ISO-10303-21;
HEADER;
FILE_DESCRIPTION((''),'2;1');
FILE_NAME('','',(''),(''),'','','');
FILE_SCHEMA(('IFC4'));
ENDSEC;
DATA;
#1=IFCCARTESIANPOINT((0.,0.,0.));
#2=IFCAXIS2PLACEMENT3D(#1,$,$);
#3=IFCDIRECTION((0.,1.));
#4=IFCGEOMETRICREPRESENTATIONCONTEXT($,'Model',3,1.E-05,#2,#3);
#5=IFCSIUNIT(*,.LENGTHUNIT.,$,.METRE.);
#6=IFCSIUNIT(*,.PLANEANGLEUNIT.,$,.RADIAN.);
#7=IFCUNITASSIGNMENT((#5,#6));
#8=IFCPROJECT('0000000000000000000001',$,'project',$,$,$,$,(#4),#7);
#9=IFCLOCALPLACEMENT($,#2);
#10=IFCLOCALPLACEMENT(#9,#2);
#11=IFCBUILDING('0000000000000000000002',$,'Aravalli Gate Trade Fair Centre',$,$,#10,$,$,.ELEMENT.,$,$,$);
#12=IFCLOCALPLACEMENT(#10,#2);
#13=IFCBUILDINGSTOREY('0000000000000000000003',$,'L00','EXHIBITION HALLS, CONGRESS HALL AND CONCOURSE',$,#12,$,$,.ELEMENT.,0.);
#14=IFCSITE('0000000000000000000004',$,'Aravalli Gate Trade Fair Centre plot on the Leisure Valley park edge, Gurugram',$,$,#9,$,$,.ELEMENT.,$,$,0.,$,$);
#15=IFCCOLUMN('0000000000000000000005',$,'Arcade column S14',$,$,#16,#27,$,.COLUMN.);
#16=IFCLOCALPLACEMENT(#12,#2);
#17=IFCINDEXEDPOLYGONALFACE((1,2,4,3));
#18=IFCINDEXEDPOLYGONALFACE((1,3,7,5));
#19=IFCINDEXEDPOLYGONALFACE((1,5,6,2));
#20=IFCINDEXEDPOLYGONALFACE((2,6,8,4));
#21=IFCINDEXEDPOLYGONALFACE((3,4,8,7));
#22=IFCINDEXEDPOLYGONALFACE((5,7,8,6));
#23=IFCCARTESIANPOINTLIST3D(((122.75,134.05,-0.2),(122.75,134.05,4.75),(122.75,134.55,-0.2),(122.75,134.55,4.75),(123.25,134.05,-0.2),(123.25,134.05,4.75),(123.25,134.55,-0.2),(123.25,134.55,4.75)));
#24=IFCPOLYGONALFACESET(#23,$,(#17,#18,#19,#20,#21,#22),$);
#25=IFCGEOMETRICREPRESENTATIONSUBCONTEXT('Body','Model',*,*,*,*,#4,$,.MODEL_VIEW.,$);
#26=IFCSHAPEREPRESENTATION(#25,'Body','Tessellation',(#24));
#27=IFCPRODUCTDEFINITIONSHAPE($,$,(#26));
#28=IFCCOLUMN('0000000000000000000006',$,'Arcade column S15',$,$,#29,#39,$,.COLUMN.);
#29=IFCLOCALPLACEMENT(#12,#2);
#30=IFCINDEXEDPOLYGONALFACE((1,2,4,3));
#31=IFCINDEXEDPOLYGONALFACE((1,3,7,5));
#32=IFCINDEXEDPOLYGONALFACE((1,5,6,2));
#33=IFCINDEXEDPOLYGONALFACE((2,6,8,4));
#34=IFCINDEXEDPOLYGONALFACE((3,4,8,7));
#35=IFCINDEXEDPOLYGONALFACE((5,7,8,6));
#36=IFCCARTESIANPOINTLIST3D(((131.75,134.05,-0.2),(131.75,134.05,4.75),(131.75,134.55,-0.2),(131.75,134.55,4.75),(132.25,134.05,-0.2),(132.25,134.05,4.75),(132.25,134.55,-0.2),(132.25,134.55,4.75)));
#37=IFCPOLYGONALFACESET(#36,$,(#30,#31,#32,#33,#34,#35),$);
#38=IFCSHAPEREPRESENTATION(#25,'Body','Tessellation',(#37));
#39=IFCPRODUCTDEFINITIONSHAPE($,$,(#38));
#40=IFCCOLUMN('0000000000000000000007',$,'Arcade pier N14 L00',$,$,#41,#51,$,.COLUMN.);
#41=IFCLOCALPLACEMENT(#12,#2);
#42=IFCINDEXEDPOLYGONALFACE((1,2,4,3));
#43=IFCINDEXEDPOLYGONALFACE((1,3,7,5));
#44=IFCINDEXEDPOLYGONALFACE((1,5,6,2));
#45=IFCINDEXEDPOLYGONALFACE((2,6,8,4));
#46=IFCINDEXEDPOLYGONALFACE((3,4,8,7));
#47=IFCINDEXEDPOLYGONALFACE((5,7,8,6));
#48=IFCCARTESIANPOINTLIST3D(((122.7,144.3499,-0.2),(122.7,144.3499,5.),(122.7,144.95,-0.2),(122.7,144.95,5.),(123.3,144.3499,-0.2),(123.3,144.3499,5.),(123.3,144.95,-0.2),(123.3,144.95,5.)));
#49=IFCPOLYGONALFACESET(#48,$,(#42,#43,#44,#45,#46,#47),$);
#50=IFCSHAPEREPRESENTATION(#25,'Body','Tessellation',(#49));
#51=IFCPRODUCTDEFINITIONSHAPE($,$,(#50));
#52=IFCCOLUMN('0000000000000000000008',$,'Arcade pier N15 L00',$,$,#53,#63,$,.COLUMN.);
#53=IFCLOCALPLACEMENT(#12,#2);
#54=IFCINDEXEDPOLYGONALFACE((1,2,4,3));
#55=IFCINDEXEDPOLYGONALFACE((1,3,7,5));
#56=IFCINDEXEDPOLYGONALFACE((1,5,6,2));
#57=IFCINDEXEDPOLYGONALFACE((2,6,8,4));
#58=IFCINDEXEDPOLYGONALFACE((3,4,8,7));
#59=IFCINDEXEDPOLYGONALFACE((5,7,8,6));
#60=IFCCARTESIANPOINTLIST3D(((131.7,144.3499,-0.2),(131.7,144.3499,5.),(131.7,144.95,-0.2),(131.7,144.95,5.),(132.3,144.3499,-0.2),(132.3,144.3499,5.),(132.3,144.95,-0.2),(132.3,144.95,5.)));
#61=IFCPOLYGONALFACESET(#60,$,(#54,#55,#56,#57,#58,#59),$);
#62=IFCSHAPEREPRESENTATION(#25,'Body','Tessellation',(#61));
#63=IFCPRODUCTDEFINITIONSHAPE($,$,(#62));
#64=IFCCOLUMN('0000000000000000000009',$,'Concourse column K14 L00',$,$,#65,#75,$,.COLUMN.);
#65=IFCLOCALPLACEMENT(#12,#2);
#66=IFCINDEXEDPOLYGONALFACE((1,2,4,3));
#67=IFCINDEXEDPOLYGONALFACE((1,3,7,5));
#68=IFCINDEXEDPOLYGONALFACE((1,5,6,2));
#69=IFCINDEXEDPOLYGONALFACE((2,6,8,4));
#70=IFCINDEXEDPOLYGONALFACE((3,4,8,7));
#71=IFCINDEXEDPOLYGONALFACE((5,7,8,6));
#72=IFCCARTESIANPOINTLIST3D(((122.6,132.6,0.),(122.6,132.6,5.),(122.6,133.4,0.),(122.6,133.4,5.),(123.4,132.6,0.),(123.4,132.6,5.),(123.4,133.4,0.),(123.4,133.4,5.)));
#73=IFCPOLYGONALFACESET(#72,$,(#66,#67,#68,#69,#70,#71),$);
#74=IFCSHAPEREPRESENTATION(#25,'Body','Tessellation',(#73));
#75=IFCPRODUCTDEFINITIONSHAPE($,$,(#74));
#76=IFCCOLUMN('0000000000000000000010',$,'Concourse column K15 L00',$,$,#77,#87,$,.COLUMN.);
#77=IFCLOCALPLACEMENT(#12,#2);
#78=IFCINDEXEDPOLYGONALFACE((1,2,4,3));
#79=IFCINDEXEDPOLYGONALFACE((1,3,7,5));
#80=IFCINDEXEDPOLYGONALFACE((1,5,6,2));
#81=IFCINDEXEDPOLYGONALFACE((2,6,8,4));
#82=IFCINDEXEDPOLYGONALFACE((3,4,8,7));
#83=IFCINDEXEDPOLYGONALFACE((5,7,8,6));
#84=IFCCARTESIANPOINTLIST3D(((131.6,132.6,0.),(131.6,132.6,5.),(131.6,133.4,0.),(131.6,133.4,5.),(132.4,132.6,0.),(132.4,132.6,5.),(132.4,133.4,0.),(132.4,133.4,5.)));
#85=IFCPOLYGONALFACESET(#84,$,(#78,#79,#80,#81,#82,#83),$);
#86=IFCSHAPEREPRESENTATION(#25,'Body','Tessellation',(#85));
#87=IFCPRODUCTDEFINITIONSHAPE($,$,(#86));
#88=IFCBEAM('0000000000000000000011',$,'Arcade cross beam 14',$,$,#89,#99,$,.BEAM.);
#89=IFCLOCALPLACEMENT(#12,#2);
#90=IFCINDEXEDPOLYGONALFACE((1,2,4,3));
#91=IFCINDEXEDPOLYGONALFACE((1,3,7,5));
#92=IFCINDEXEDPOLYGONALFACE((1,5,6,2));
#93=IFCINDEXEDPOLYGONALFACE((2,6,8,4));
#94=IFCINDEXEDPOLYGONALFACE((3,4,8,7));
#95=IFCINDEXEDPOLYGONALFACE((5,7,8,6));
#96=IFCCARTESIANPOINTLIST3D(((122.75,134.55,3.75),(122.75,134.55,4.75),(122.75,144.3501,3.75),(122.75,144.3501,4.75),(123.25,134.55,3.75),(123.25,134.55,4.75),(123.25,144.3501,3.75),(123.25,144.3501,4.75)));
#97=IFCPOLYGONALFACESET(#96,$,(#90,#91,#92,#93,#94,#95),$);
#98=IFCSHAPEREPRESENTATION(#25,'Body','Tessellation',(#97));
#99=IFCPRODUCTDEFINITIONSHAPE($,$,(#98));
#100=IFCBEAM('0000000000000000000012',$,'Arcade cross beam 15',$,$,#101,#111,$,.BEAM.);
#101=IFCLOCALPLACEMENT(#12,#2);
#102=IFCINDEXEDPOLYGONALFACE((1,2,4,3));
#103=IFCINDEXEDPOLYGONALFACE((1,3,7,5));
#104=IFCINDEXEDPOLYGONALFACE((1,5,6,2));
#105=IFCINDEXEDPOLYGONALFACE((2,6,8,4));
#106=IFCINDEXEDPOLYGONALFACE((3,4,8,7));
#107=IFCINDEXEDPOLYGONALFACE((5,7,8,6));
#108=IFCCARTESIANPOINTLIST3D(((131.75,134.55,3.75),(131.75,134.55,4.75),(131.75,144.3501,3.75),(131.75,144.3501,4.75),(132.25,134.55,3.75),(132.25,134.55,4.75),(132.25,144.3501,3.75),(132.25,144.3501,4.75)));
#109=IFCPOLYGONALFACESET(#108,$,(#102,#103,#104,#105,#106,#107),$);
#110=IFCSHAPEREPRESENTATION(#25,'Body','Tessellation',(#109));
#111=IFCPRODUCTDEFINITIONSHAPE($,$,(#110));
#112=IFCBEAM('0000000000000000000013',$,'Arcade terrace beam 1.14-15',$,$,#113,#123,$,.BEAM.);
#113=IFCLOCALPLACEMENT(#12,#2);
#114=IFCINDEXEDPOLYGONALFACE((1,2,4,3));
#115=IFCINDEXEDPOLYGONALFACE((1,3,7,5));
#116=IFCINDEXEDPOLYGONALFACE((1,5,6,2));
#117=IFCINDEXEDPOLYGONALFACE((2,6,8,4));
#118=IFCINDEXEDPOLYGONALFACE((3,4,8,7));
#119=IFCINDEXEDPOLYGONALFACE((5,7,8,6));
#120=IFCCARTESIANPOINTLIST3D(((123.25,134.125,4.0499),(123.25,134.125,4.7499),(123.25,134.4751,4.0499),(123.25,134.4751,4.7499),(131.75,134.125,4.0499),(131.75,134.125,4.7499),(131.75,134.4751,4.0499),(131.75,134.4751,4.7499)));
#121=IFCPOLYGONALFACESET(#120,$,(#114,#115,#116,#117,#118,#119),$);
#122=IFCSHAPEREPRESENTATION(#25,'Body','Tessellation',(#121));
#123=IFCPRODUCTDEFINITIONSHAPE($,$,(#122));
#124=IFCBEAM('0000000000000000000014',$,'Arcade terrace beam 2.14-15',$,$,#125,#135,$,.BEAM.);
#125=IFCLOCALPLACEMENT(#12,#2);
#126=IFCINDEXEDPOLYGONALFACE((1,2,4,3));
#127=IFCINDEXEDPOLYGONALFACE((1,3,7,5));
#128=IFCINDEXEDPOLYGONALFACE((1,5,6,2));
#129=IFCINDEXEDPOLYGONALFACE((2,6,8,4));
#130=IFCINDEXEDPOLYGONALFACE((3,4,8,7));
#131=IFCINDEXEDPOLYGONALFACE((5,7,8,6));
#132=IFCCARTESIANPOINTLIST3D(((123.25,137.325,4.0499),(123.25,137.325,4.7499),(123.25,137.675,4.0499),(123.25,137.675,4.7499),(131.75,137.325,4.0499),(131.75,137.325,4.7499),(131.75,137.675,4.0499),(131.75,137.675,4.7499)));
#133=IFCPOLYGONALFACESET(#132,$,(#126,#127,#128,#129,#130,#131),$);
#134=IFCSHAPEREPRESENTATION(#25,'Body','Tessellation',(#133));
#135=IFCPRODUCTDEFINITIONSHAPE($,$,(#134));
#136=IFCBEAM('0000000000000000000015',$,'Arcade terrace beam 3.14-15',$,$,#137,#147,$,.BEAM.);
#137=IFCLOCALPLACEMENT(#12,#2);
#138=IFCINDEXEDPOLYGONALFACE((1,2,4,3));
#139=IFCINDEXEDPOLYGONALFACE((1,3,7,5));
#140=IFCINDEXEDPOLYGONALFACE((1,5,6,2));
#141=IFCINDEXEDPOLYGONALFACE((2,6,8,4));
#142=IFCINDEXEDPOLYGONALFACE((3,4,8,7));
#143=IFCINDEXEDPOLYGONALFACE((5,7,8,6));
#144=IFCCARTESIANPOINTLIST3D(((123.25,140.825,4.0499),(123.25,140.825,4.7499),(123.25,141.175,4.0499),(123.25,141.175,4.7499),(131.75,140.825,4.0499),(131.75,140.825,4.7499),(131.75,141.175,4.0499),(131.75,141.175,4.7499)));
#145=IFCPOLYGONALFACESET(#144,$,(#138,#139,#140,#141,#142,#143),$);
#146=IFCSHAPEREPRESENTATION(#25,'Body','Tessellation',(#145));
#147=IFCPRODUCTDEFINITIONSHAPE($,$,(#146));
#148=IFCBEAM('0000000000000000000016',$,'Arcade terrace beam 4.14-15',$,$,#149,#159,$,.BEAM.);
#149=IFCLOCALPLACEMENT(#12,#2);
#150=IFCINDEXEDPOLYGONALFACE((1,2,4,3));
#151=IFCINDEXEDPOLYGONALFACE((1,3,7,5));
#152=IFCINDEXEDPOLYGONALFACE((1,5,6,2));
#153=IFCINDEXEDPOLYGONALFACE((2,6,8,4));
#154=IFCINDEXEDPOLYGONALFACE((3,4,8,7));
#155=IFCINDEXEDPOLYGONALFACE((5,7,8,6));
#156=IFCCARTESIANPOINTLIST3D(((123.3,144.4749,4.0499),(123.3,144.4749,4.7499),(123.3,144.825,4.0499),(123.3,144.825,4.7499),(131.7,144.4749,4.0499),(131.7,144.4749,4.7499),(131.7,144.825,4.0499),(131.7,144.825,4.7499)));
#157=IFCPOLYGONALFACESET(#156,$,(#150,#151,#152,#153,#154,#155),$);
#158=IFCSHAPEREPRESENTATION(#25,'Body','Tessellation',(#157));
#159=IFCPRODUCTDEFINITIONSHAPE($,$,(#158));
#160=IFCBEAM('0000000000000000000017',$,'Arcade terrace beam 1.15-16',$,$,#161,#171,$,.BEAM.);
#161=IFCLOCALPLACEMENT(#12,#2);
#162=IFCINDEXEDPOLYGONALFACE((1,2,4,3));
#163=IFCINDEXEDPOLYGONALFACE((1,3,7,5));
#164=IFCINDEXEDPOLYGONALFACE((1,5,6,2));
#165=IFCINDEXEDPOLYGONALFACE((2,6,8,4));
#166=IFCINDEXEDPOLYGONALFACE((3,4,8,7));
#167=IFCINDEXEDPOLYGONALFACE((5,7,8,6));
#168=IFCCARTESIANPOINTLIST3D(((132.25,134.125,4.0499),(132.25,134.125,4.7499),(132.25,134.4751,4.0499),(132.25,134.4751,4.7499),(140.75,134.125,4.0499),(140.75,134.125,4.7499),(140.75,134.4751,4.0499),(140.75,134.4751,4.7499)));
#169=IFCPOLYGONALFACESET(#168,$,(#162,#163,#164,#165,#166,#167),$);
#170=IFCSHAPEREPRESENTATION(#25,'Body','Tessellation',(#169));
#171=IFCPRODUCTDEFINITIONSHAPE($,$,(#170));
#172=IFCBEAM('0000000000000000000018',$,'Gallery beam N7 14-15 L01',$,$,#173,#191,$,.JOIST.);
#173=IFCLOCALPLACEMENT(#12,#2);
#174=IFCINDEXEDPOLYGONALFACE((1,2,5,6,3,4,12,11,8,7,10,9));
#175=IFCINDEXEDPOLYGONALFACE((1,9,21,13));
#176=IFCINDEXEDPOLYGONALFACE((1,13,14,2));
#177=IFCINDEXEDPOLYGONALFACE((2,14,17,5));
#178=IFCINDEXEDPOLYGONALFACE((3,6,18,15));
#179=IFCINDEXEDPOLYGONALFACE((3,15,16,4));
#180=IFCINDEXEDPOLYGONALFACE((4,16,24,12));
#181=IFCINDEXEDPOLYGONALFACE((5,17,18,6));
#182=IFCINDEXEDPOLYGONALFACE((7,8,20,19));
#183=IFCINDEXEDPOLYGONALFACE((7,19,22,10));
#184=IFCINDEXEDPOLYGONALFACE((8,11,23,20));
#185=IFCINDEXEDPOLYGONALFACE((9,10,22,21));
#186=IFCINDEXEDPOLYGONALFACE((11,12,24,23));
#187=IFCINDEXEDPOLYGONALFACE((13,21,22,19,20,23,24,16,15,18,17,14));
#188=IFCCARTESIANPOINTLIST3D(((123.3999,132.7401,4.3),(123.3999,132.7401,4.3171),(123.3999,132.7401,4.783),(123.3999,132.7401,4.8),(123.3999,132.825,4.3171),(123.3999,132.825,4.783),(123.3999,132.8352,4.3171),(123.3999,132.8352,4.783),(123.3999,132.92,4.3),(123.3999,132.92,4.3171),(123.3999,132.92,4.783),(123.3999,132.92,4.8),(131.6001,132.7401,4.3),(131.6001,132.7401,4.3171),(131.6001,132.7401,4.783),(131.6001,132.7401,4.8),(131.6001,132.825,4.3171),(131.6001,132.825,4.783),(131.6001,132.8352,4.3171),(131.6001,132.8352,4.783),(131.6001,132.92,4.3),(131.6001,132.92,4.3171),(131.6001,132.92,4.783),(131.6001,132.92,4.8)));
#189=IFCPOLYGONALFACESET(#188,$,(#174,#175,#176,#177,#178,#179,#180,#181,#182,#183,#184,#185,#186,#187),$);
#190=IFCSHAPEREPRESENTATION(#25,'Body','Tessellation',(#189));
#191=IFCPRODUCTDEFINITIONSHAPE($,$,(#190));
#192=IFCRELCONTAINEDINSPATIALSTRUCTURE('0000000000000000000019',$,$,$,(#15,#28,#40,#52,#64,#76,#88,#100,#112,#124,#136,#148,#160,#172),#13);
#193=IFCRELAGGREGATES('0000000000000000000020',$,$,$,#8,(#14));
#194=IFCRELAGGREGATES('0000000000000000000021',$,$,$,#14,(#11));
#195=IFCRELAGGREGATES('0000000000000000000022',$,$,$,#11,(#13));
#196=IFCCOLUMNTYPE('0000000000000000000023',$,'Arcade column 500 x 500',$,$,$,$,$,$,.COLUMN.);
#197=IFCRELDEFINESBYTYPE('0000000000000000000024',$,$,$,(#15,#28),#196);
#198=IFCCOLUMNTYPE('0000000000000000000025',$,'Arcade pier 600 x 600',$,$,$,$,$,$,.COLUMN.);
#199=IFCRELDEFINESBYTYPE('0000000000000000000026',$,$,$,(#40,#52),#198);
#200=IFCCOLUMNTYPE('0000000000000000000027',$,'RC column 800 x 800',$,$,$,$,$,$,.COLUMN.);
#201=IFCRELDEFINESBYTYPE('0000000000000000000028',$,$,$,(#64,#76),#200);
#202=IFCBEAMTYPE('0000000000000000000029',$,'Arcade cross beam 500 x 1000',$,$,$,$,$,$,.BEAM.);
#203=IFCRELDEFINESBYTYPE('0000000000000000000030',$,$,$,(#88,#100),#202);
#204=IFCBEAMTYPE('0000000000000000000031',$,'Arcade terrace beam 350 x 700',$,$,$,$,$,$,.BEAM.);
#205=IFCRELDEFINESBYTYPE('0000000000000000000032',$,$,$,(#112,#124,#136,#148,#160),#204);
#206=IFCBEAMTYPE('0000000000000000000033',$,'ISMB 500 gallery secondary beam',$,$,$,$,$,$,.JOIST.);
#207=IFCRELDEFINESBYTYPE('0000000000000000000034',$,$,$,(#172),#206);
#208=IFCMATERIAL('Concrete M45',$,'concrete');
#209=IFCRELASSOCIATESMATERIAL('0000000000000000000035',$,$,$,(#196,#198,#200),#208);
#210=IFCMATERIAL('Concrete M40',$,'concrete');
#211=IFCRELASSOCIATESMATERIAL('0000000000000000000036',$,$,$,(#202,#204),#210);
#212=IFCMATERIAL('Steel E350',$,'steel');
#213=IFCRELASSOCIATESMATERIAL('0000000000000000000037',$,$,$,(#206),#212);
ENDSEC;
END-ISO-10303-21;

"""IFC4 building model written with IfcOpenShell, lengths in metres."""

from ifc_helpers import new_model, si_unit, direction, frame, origin, origin_2d, place, context, subcontext, project, spatial, rectangle, i_section, extrude, material, material_profile, profile_set, type_object, element, save


model = new_model("IFC4")

# Units and contexts
model_context = context("Model", 3, precision=1e-05, world=origin(), true_north=direction((0.0, 1.0)))
body_context = subcontext(model_context, "Body", "Model", "MODEL_VIEW")
ifc_project = project(units=[si_unit("LENGTHUNIT", "METRE"), si_unit("PLANEANGLEUNIT", "RADIAN")], contexts=[model_context])

# Site, building, storey
site_placement = place(None, origin())
site = spatial("IfcSite", under=ifc_project, at=site_placement, Name="Aravalli Gate Trade Fair Centre plot on the Leisure Valley park edge, Gurugram", CompositionType="ELEMENT", RefElevation=0.0)
building_placement = place(site_placement, origin())
building = spatial("IfcBuilding", under=site, at=building_placement, Name="Aravalli Gate Trade Fair Centre", CompositionType="ELEMENT")
storey_placement = place(building_placement, origin())
storey = spatial("IfcBuildingStorey", under=building, at=storey_placement, Name="L00", Description="EXHIBITION HALLS, CONGRESS HALL AND CONCOURSE", CompositionType="ELEMENT", Elevation=0.0)

# Columns
ifc_material_1 = material(Name="Concrete M45", Category="concrete")
ifc_material_profile_1 = material_profile(ifc_material_1, rectangle(XDim=0.5, YDim=0.5, at=origin_2d()), Name="Arcade column 500 x 500")
ifc_profile_set_1 = profile_set([ifc_material_profile_1], Name="Concrete M45")
column_type_1 = type_object("IfcColumnType", Name="Arcade column 500 x 500", PredefinedType="COLUMN", material=ifc_profile_set_1)
for number, where, z_axis, x_axis, name in (
    (1, (123.0, 134.3, -0.2), (0.0, 0.0, 1.0), (1.0, 0.0, 0.0), "Arcade column S14"),
    (2, (132.0, 134.3, -0.2), (0.0, 0.0, 1.0), (1.0, 0.0, 0.0), "Arcade column S15"),
):
    element("IfcColumn", number, at=place(storey_placement, frame(where, z_axis=z_axis, x_axis=x_axis)), inside=storey, type_object=column_type_1, Name=name, PredefinedType="COLUMN", context=body_context, shape_type="SweptSolid", body=[
        extrude(rectangle(XDim=0.5, YDim=0.5, at=origin_2d()), origin(), (0.0, 0.0, 1.0), 4.95),
    ])
ifc_material_profile_2 = material_profile(ifc_material_1, rectangle(XDim=0.6001, YDim=0.6001, at=origin_2d()), Name="Arcade pier 600 x 600")
ifc_profile_set_2 = profile_set([ifc_material_profile_2], Name="Concrete M45")
column_type_2 = type_object("IfcColumnType", Name="Arcade pier 600 x 600", PredefinedType="COLUMN", material=ifc_profile_set_2)
for number, where, z_axis, x_axis, name in (
    (3, (123.0, 144.6499, -0.2), (0.0, 0.0, 1.0), (1.0, 0.0, 0.0), "Arcade pier N14 L00"),
    (4, (132.0, 144.6499, -0.2), (0.0, 0.0, 1.0), (1.0, 0.0, 0.0), "Arcade pier N15 L00"),
):
    element("IfcColumn", number, at=place(storey_placement, frame(where, z_axis=z_axis, x_axis=x_axis)), inside=storey, type_object=column_type_2, Name=name, PredefinedType="COLUMN", context=body_context, shape_type="SweptSolid", body=[
        extrude(rectangle(XDim=0.6001, YDim=0.6001, at=origin_2d()), origin(), (0.0, 0.0, 1.0), 5.2),
    ])
ifc_material_profile_3 = material_profile(ifc_material_1, rectangle(XDim=0.8, YDim=0.8, at=origin_2d()), Name="RC column 800 x 800")
ifc_profile_set_3 = profile_set([ifc_material_profile_3], Name="Concrete M45")
column_type_3 = type_object("IfcColumnType", Name="RC column 800 x 800", PredefinedType="COLUMN", material=ifc_profile_set_3)
for number, where, z_axis, x_axis, name in (
    (5, (123.0, 133.0, 0.0), (0.0, 0.0, 1.0), (1.0, 0.0, 0.0), "Concourse column K14 L00"),
    (6, (132.0, 133.0, 0.0), (0.0, 0.0, 1.0), (1.0, 0.0, 0.0), "Concourse column K15 L00"),
):
    element("IfcColumn", number, at=place(storey_placement, frame(where, z_axis=z_axis, x_axis=x_axis)), inside=storey, type_object=column_type_3, Name=name, PredefinedType="COLUMN", context=body_context, shape_type="SweptSolid", body=[
        extrude(rectangle(XDim=0.8, YDim=0.8, at=origin_2d()), origin(), (0.0, 0.0, 1.0), 5.0),
    ])

# Beams
ifc_material_2 = material(Name="Concrete M40", Category="concrete")
ifc_material_profile_4 = material_profile(ifc_material_2, rectangle(XDim=0.5, YDim=1.0, at=origin_2d()), Name="Arcade cross beam 500 x 1000")
ifc_profile_set_4 = profile_set([ifc_material_profile_4], Name="Concrete M40")
beam_type_1 = type_object("IfcBeamType", Name="Arcade cross beam 500 x 1000", PredefinedType="BEAM", material=ifc_profile_set_4)
for number, where, z_axis, x_axis, name in (
    (7, (123.0, 134.55, 4.25), (0.0, 1.0, 0.0), (-1.0, 0.0, 0.0), "Arcade cross beam 14"),
    (8, (132.0, 134.55, 4.25), (0.0, 1.0, 0.0), (-1.0, 0.0, 0.0), "Arcade cross beam 15"),
):
    element("IfcBeam", number, at=place(storey_placement, frame(where, z_axis=z_axis, x_axis=x_axis)), inside=storey, type_object=beam_type_1, Name=name, PredefinedType="BEAM", context=body_context, shape_type="SweptSolid", body=[
        extrude(rectangle(XDim=0.5, YDim=1.0, at=origin_2d()), origin(), (0.0, 0.0, 1.0), 9.8),
    ])
ifc_material_profile_5 = material_profile(ifc_material_2, rectangle(XDim=0.3501, YDim=0.7, at=origin_2d()), Name="Arcade terrace beam 350 x 700")
ifc_profile_set_5 = profile_set([ifc_material_profile_5], Name="Concrete M40")
beam_type_2 = type_object("IfcBeamType", Name="Arcade terrace beam 350 x 700", PredefinedType="BEAM", material=ifc_profile_set_5)
for number, where, z_axis, x_axis, name in (
    (9, (123.25, 134.3, 4.3999), (1.0, 0.0, 0.0), (0.0, 1.0, 0.0), "Arcade terrace beam 1.14-15"),
    (10, (123.25, 137.5, 4.3999), (1.0, 0.0, 0.0), (0.0, 1.0, 0.0), "Arcade terrace beam 2.14-15"),
    (11, (123.25, 141.0, 4.3999), (1.0, 0.0, 0.0), (0.0, 1.0, 0.0), "Arcade terrace beam 3.14-15"),
):
    element("IfcBeam", number, at=place(storey_placement, frame(where, z_axis=z_axis, x_axis=x_axis)), inside=storey, type_object=beam_type_2, Name=name, PredefinedType="BEAM", context=body_context, shape_type="SweptSolid", body=[
        extrude(rectangle(XDim=0.3501, YDim=0.7, at=origin_2d()), origin(), (0.0, 0.0, 1.0), 8.5),
    ])
beam_1_placement = place(storey_placement, frame((123.3, 144.6499, 4.3999), z_axis=(1.0, 0.0, 0.0), x_axis=(0.0, 1.0, 0.0)))
element("IfcBeam", 12, at=beam_1_placement, inside=storey, type_object=beam_type_2, Name="Arcade terrace beam 4.14-15", PredefinedType="BEAM", context=body_context, shape_type="SweptSolid", body=[
    extrude(rectangle(XDim=0.3501, YDim=0.7, at=origin_2d()), origin(), (0.0, 0.0, 1.0), 8.3999),
])
beam_2_placement = place(storey_placement, frame((132.25, 134.3, 4.3999), z_axis=(1.0, 0.0, 0.0), x_axis=(0.0, 1.0, 0.0)))
element("IfcBeam", 13, at=beam_2_placement, inside=storey, type_object=beam_type_2, Name="Arcade terrace beam 1.15-16", PredefinedType="BEAM", context=body_context, shape_type="SweptSolid", body=[
    extrude(rectangle(XDim=0.3501, YDim=0.7, at=origin_2d()), origin(), (0.0, 0.0, 1.0), 8.5),
])
ifc_material_3 = material(Name="Steel E350", Category="steel")
ifc_material_profile_6 = material_profile(ifc_material_3, i_section(OverallWidth=0.1799, OverallDepth=0.5, WebThickness=0.0103, FlangeThickness=0.0171, at=origin_2d()), Name="ISMB 500")
ifc_profile_set_6 = profile_set([ifc_material_profile_6], Name="Steel E350")
beam_type_3 = type_object("IfcBeamType", Name="ISMB 500 gallery secondary beam", PredefinedType="JOIST", material=ifc_profile_set_6)
beam_3_placement = place(storey_placement, frame((123.3999, 132.8301, 4.55), z_axis=(1.0, 0.0, 0.0), x_axis=(0.0, 1.0, 0.0)))
element("IfcBeam", 14, at=beam_3_placement, inside=storey, type_object=beam_type_3, Name="Gallery beam N7 14-15 L01", PredefinedType="JOIST", context=body_context, shape_type="SweptSolid", body=[
    extrude(i_section(OverallWidth=0.1799, OverallDepth=0.5, WebThickness=0.0103, FlangeThickness=0.0171, at=origin_2d()), origin(), (0.0, 0.0, 1.0), 8.2002),
])

save(model, "model.ifc")
